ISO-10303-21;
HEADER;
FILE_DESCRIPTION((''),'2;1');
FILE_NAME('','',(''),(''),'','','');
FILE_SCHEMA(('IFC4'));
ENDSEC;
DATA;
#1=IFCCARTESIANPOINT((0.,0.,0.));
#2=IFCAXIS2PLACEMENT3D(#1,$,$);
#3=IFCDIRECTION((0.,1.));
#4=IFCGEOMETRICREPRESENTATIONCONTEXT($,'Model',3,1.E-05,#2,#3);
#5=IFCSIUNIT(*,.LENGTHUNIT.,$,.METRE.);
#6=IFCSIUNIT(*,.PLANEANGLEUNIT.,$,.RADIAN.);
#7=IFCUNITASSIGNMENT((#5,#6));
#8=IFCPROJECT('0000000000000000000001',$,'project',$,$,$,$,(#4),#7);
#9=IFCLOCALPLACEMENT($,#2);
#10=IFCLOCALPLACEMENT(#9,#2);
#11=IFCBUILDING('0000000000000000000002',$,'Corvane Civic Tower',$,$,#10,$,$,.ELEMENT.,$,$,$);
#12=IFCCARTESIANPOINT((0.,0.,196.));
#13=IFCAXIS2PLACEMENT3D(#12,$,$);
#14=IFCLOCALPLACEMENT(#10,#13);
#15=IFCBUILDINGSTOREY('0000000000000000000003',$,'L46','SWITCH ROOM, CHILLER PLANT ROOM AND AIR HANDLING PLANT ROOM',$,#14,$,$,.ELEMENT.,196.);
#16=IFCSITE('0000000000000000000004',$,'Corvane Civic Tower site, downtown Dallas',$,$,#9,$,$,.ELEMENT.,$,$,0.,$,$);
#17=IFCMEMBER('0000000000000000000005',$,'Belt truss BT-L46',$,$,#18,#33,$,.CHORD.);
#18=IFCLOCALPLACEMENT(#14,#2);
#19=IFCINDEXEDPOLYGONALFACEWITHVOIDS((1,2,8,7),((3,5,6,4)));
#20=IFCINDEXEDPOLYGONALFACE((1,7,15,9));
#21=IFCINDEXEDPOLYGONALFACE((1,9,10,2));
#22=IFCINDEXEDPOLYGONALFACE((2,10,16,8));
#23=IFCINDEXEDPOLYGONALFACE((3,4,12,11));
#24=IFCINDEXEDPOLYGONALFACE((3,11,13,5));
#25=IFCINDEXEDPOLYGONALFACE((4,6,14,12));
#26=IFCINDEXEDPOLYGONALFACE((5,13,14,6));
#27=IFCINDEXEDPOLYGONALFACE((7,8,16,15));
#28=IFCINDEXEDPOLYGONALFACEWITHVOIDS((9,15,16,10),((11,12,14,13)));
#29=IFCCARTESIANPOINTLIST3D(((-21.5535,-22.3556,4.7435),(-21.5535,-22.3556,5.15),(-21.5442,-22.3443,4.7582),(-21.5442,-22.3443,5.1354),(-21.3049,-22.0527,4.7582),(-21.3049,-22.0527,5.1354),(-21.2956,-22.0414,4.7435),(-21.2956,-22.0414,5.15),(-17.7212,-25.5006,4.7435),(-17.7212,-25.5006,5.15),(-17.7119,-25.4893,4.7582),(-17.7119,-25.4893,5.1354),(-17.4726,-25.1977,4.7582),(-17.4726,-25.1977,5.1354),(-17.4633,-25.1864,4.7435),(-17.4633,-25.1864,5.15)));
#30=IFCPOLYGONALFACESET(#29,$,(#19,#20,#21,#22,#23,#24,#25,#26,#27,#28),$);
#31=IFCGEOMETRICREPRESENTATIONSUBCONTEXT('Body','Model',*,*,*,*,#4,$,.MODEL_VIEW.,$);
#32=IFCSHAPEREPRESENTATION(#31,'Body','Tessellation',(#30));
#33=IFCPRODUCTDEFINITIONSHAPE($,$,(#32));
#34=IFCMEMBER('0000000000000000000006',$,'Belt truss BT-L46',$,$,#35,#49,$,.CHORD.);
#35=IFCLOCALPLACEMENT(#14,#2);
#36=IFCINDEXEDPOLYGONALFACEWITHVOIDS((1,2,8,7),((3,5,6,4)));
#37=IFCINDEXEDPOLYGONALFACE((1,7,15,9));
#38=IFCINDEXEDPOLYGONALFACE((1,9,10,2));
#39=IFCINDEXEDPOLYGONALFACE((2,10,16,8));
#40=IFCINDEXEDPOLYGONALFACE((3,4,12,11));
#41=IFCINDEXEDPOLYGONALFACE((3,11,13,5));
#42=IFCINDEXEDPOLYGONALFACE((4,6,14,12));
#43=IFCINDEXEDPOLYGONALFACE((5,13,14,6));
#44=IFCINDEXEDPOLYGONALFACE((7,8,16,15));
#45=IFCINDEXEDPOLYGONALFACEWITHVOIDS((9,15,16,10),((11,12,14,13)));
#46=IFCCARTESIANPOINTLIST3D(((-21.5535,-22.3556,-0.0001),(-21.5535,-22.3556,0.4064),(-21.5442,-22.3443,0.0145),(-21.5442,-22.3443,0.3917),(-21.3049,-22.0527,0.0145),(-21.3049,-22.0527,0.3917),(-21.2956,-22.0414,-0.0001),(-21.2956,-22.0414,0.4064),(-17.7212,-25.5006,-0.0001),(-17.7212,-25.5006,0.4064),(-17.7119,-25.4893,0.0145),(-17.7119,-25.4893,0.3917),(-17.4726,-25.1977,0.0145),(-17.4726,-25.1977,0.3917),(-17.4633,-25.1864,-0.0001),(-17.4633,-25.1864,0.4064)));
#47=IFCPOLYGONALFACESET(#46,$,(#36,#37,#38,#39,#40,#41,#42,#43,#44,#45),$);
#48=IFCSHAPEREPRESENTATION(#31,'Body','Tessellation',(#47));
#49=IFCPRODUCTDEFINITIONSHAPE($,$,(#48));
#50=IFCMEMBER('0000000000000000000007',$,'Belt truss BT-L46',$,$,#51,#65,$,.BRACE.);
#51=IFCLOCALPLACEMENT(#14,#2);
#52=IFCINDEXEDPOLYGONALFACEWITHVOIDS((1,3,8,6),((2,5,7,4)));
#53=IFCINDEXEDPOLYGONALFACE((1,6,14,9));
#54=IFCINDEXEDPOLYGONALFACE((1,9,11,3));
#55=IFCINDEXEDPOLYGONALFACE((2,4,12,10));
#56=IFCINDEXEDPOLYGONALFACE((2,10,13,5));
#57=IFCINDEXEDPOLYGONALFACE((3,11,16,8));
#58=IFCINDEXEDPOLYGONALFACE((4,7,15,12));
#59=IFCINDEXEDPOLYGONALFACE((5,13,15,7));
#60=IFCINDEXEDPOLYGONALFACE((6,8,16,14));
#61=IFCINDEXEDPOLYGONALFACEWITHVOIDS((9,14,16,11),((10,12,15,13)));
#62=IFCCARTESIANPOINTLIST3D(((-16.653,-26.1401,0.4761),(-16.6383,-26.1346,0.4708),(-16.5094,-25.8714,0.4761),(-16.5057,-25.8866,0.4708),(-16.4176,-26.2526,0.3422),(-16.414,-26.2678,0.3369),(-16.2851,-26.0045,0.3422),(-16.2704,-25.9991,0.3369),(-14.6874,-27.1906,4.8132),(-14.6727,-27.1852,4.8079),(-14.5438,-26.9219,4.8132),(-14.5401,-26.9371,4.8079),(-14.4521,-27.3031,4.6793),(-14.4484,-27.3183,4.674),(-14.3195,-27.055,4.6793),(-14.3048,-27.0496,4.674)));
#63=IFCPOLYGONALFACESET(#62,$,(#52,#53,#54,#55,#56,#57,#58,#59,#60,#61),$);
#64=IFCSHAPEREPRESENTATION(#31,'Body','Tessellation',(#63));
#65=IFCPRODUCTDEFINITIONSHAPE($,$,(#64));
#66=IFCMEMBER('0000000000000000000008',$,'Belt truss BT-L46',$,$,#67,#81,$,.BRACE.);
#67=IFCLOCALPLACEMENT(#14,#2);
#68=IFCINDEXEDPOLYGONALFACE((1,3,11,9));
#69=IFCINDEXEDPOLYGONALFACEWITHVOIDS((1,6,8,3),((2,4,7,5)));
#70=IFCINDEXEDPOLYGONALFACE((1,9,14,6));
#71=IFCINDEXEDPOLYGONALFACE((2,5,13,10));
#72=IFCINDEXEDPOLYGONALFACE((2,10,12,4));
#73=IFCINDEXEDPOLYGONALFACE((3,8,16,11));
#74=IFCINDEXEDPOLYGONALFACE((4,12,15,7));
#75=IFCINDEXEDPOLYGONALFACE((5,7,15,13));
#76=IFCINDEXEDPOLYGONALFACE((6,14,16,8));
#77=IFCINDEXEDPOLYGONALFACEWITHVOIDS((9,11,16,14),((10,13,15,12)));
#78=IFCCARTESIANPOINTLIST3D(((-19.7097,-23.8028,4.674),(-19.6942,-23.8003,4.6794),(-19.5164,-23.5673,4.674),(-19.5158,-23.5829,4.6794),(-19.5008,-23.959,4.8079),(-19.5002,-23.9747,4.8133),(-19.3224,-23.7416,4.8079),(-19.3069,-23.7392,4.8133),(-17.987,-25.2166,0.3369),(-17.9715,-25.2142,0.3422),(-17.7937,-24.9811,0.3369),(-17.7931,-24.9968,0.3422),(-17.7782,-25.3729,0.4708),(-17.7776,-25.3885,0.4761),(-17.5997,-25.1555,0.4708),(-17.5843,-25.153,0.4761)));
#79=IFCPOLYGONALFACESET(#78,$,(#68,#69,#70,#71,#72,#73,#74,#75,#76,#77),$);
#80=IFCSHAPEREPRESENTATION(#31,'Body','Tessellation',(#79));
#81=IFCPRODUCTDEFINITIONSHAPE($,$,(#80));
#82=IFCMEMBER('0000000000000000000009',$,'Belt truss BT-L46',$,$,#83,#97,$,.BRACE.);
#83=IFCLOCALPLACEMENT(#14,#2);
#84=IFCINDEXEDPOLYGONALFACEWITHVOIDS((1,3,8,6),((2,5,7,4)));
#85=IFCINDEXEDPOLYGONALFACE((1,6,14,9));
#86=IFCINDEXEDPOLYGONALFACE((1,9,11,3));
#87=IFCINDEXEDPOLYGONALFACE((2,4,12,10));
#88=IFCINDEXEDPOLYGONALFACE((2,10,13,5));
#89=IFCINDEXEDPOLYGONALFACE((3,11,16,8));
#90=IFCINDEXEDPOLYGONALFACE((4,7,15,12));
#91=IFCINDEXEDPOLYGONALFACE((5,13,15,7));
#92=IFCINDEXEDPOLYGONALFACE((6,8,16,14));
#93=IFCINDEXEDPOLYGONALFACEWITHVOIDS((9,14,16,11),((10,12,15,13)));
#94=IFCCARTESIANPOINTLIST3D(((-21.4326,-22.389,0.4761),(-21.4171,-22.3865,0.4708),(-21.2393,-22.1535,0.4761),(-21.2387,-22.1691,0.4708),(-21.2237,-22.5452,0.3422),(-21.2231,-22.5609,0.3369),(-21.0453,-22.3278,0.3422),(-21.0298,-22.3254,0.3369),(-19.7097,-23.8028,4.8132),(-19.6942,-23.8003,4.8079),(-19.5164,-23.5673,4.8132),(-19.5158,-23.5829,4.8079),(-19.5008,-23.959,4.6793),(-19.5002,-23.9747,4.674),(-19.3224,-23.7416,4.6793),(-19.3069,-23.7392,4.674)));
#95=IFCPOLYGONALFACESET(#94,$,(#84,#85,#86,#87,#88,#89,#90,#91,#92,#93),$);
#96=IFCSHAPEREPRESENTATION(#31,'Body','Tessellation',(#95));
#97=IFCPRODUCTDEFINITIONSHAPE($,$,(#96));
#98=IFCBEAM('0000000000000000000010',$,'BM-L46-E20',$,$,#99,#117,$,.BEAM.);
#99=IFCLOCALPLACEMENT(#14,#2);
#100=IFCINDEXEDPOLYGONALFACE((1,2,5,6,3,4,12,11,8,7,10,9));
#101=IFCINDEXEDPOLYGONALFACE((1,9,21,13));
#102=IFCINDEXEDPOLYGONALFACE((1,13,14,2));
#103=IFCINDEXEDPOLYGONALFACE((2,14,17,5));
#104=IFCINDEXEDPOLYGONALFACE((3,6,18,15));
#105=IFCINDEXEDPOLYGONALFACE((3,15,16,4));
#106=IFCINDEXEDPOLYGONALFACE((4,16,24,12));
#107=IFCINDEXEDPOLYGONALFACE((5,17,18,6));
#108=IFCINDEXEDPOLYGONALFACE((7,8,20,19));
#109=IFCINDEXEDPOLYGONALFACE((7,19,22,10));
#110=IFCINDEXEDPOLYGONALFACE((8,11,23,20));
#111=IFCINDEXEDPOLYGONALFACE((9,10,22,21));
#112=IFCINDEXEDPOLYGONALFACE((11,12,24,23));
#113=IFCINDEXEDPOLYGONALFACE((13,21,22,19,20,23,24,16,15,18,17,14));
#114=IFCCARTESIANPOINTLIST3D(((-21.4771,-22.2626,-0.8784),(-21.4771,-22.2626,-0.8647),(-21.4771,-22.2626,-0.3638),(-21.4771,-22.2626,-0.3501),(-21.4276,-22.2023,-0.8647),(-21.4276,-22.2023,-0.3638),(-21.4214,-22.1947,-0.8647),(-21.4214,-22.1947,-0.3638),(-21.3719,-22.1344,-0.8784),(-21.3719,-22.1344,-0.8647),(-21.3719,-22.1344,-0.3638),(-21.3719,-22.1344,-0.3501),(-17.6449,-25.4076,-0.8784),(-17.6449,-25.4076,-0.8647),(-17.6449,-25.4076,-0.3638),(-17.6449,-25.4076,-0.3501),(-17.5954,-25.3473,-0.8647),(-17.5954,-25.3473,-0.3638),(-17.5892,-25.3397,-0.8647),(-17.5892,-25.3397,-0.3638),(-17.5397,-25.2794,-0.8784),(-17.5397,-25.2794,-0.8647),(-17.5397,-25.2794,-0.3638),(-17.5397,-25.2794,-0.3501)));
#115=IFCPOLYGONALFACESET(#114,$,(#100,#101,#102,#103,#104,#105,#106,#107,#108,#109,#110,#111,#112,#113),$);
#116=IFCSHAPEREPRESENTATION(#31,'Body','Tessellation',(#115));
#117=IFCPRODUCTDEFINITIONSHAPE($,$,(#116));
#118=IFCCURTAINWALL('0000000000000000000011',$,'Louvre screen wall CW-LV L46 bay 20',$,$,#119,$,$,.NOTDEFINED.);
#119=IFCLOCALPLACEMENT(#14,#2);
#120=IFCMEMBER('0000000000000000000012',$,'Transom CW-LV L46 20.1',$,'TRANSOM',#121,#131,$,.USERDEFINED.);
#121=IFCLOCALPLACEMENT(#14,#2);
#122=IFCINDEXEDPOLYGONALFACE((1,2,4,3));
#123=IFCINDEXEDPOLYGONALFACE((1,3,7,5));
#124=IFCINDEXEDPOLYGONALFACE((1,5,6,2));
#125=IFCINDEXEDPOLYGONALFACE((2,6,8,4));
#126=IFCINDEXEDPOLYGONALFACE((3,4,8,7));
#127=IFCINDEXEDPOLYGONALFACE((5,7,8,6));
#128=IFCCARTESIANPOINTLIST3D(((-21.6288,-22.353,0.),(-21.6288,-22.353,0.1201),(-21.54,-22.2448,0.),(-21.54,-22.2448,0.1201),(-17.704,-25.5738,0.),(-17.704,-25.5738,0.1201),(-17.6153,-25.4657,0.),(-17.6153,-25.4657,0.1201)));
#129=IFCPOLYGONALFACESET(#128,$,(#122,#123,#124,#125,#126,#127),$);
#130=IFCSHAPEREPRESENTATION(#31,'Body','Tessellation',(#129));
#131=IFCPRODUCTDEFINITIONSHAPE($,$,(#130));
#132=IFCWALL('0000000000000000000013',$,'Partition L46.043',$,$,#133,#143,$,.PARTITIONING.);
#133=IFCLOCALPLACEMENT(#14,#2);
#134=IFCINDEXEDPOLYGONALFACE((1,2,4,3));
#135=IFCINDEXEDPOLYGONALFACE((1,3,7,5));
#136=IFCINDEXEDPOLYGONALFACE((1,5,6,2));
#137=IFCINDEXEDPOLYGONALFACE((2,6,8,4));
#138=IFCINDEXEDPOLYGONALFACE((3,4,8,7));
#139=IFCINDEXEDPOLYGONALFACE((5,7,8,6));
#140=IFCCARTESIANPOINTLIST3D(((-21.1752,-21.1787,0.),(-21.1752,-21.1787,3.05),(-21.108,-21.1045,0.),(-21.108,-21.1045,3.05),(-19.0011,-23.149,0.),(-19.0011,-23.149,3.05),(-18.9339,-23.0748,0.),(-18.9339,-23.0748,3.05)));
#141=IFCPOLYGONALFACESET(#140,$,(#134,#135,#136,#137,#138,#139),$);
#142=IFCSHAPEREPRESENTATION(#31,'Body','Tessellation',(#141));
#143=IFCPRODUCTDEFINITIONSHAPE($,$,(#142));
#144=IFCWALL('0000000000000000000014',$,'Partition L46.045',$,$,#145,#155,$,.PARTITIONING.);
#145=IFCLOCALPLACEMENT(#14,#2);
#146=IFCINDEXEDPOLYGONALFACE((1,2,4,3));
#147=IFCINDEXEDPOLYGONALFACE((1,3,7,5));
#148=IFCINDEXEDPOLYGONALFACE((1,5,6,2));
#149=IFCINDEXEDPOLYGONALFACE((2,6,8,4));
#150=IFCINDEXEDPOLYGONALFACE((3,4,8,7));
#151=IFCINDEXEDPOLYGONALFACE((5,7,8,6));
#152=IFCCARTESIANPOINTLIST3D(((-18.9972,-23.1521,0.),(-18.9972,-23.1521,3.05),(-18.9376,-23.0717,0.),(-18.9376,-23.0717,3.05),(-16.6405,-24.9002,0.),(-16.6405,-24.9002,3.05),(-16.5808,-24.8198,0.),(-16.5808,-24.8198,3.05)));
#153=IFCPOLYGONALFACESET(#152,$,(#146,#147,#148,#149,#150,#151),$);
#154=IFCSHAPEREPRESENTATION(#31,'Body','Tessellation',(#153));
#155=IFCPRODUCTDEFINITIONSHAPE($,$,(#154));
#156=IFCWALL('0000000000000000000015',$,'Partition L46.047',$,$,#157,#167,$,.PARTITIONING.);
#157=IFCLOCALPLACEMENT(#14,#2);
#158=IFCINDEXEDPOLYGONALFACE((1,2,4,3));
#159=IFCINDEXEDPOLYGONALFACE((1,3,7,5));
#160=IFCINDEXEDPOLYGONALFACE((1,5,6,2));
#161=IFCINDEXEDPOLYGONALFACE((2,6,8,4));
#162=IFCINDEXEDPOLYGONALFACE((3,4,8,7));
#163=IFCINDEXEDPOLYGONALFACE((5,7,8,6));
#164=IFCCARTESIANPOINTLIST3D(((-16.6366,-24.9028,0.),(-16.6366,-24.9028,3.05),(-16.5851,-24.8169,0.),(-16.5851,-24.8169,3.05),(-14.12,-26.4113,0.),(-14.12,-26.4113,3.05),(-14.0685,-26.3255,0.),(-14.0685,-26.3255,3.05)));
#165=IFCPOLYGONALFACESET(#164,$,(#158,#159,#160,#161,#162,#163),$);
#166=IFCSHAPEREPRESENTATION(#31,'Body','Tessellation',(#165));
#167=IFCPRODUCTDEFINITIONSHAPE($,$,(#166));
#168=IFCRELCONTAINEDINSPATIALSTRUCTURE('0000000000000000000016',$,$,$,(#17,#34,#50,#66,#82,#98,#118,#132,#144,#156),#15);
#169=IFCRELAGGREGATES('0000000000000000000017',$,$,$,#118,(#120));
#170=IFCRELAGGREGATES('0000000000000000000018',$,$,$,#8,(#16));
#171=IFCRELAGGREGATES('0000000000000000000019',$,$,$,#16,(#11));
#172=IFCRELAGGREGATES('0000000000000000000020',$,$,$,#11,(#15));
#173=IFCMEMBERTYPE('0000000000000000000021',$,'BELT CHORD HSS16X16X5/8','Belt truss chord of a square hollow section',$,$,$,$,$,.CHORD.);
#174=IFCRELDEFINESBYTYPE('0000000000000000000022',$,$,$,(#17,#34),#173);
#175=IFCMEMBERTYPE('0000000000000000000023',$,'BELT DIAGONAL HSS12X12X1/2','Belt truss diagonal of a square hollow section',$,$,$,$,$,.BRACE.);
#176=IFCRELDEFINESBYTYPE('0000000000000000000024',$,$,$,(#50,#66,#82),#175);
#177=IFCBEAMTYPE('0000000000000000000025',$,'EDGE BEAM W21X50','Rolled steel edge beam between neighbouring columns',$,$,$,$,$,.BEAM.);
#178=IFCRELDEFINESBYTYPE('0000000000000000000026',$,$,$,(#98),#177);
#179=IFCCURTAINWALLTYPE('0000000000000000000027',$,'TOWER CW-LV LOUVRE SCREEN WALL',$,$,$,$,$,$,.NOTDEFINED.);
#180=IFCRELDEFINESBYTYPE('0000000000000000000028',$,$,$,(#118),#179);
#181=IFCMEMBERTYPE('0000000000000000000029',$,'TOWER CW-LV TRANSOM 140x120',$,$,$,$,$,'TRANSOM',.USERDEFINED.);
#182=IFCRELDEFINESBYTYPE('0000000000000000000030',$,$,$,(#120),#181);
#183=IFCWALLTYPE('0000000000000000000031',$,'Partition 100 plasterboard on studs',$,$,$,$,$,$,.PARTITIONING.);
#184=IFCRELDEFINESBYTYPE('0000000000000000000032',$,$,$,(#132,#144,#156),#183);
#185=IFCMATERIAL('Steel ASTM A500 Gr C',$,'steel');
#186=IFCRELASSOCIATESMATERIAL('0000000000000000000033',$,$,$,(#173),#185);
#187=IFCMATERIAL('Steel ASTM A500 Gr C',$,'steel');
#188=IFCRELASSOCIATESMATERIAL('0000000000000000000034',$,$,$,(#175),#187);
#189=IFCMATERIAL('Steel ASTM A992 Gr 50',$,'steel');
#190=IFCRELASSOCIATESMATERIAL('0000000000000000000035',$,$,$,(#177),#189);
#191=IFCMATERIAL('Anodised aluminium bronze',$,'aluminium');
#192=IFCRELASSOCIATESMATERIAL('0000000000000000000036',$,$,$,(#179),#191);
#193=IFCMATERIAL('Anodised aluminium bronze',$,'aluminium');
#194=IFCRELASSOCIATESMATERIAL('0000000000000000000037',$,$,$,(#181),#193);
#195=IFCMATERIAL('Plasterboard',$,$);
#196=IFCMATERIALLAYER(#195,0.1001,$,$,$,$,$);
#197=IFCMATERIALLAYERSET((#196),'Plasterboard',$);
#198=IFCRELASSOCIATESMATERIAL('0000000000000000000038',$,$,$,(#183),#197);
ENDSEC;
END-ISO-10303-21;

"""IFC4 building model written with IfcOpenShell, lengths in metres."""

from ifc_helpers import new_model, si_unit, direction, frame, frame_2d, origin, origin_2d, place, context, subcontext, project, spatial, rectangle, hollow_rectangle, i_section, extrude, material, layer, layer_set, material_profile, profile_set, type_object, element, aggregate, save


model = new_model("IFC4")

# Units and contexts
model_context = context("Model", 3, precision=1e-05, world=origin(), true_north=direction((0.0, 1.0)))
body_context = subcontext(model_context, "Body", "Model", "MODEL_VIEW")
ifc_project = project(units=[si_unit("LENGTHUNIT", "METRE"), si_unit("PLANEANGLEUNIT", "RADIAN")], contexts=[model_context])

# Site, building, storey
site_placement = place(None, origin())
site = spatial("IfcSite", under=ifc_project, at=site_placement, Name="Corvane Civic Tower site, downtown Dallas", CompositionType="ELEMENT", RefElevation=0.0)
building_placement = place(site_placement, origin())
building = spatial("IfcBuilding", under=site, at=building_placement, Name="Corvane Civic Tower", CompositionType="ELEMENT")
storey_placement = place(building_placement, frame((0.0, 0.0, 196.0)))
storey = spatial("IfcBuildingStorey", under=building, at=storey_placement, Name="L46", Description="SWITCH ROOM, CHILLER PLANT ROOM AND AIR HANDLING PLANT ROOM", CompositionType="ELEMENT", Elevation=196.0)

# Members
ifc_material_1 = material(Name="Steel ASTM A500 Gr C", Category="steel")
ifc_material_profile_1 = material_profile(ifc_material_1, hollow_rectangle(XDim=0.4065, YDim=0.4065, WallThickness=0.0146, at=origin_2d()), Name="HSS16X16X5/8")
ifc_profile_set_1 = profile_set([ifc_material_profile_1], Name="Steel ASTM A500 Gr C")
member_type_1 = type_object("IfcMemberType", Name="BELT CHORD HSS16X16X5/8", Description="Belt truss chord of a square hollow section", PredefinedType="CHORD", material=ifc_profile_set_1)
for number, where, z_axis, x_axis, name in (
    (1, (-17.5923, -25.3435, 4.9468), (-0.773015, 0.634388, 0.0), (-0.634388, -0.773015, 0.0), "Belt truss BT-L46"),
    (2, (-17.5923, -25.3435, 0.2031), (-0.773015, 0.634388, 0.0), (-0.634388, -0.773015, 0.0), "Belt truss BT-L46"),
):
    element("IfcMember", number, at=place(storey_placement, frame(where, z_axis=z_axis, x_axis=x_axis)), inside=storey, type_object=member_type_1, Name=name, PredefinedType="CHORD", context=body_context, shape_type="SweptSolid", body=[
        extrude(hollow_rectangle(XDim=0.4065, YDim=0.4065, WallThickness=0.0146, at=origin_2d()), origin(), (0.0, 0.0, 1.0), 4.9575),
    ])
ifc_material_2 = material(Name="Steel ASTM A500 Gr C", Category="steel")
ifc_material_profile_2 = material_profile(ifc_material_2, hollow_rectangle(XDim=0.3047, YDim=0.3047, WallThickness=0.0117, at=origin_2d()), Name="HSS12X12X1/2")
ifc_profile_set_2 = profile_set([ifc_material_profile_2], Name="Steel ASTM A500 Gr C")
member_type_2 = type_object("IfcMemberType", Name="BELT DIAGONAL HSS12X12X1/2", Description="Belt truss diagonal of a square hollow section", PredefinedType="BRACE", material=ifc_profile_set_2)
for number, where, z_axis, x_axis, name in (
    (3, (-16.4617, -26.0696, 0.4065), (0.40309, -0.215438, 0.889441), (0.471367, 0.881937, 0.0), "Belt truss BT-L46"),
    (4, (-17.7856, -25.1848, 0.4065), (-0.353278, 0.289942, 0.889454), (-0.634412, -0.772995, 0.0), "Belt truss BT-L46"),
    (5, (-21.2312, -22.3572, 0.4065), (0.353322, -0.289937, 0.889438), (0.634359, 0.773039, 0.0), "Belt truss BT-L46"),
):
    element("IfcMember", number, at=place(storey_placement, frame(where, z_axis=z_axis, x_axis=x_axis)), inside=storey, type_object=member_type_2, Name=name, PredefinedType="BRACE", context=body_context, shape_type="SweptSolid", body=[
        extrude(hollow_rectangle(XDim=0.3047, YDim=0.3047, WallThickness=0.0117, at=origin_2d()), origin(), (0.0, 0.0, 1.0), 4.8762),
    ])

# Beam
ifc_material_3 = material(Name="Steel ASTM A992 Gr 50", Category="steel")
ifc_material_profile_3 = material_profile(ifc_material_3, i_section(OverallWidth=0.1658, OverallDepth=0.5283, WebThickness=0.0098, FlangeThickness=0.0137, at=origin_2d()), Name="W21X50")
ifc_profile_set_3 = profile_set([ifc_material_profile_3], Name="Steel ASTM A992 Gr 50")
beam_type = type_object("IfcBeamType", Name="EDGE BEAM W21X50", Description="Rolled steel edge beam between neighbouring columns", PredefinedType="BEAM", material=ifc_profile_set_3)
beam_placement = place(storey_placement, frame((-17.5923, -25.3435, -0.6143), z_axis=(-0.773015, 0.634388, 0.0), x_axis=(-0.634388, -0.773015, 0.0)))
element("IfcBeam", 6, at=beam_placement, inside=storey, type_object=beam_type, Name="BM-L46-E20", PredefinedType="BEAM", context=body_context, shape_type="SweptSolid", body=[
    extrude(i_section(OverallWidth=0.1658, OverallDepth=0.5283, WebThickness=0.0098, FlangeThickness=0.0137, at=origin_2d()), origin(), (0.0, 0.0, 1.0), 4.9575),
])

# Curtain wall, member
ifc_material_4 = material(Name="Anodised aluminium bronze", Category="aluminium")
curtain_wall_type = type_object("IfcCurtainWallType", Name="TOWER CW-LV LOUVRE SCREEN WALL", PredefinedType="NOTDEFINED", material=ifc_material_4)
curtain_wall_placement = place(storey_placement, origin())
curtain_wall = element("IfcCurtainWall", 7, at=curtain_wall_placement, inside=storey, type_object=curtain_wall_type, Name="Louvre screen wall CW-LV L46 bay 20", PredefinedType="NOTDEFINED")
ifc_material_5 = material(Name="Anodised aluminium bronze", Category="aluminium")
ifc_material_profile_4 = material_profile(ifc_material_5, rectangle(XDim=0.1399, YDim=0.1201, at=origin_2d()), Name="TOWER CW-LV TRANSOM 140x120")
ifc_profile_set_4 = profile_set([ifc_material_profile_4], Name="Anodised aluminium bronze")
member_type_3 = type_object("IfcMemberType", Name="TOWER CW-LV TRANSOM 140x120", ElementType="TRANSOM", PredefinedType="USERDEFINED", material=ifc_profile_set_4)
member_placement = place(storey_placement, frame((-17.6597, -25.5198, 0.0601), z_axis=(-0.773016, 0.634387, 0.0), x_axis=(-0.634387, -0.773016, 0.0)))
member = element("IfcMember", 8, at=member_placement, type_object=member_type_3, Name="Transom CW-LV L46 20.1", ObjectType="TRANSOM", PredefinedType="USERDEFINED", context=body_context, shape_type="SweptSolid", body=[
    extrude(rectangle(XDim=0.1399, YDim=0.1201, at=origin_2d()), origin(), (0.0, 0.0, 1.0), 5.0771),
])

# Walls
ifc_material_6 = material(Name="Plasterboard")
ifc_layer_1 = layer(ifc_material_6, 0.1001)
ifc_layer_set_1 = layer_set([ifc_layer_1], Name="Plasterboard")
wall_type_1 = type_object("IfcWallType", Name="Partition 100 plasterboard on studs", PredefinedType="PARTITIONING", material=ifc_layer_set_1)
wall_1_placement = place(storey_placement, frame((-21.1416, -21.1416, 0.0), z_axis=(0.0, 0.0, 1.0), x_axis=(0.740993, -0.671512, 0.0)))
element("IfcWall", 9, at=wall_1_placement, inside=storey, type_object=wall_type_1, Name="Partition L46.043", PredefinedType="PARTITIONING", context=body_context, shape_type="SweptSolid", body=[
    extrude(rectangle(XDim=2.9341, YDim=0.1001, at=frame_2d((1.467, 0.0))), origin(), (0.0, 0.0, 1.0), 3.05),
])
wall_2_placement = place(storey_placement, frame((-18.9675, -23.1118, 0.0), z_axis=(0.0, 0.0, 1.0), x_axis=(0.803174, -0.595745, 0.0)))
element("IfcWall", 10, at=wall_2_placement, inside=storey, type_object=wall_type_1, Name="Partition L46.045", PredefinedType="PARTITIONING", context=body_context, shape_type="SweptSolid", body=[
    extrude(rectangle(XDim=2.9343, YDim=0.1001, at=frame_2d((1.4673, 0.0))), origin(), (0.0, 0.0, 1.0), 3.05),
])
wall_3_placement = place(storey_placement, frame((-16.6108, -24.8599, 0.0), z_axis=(0.0, 0.0, 1.0), x_axis=(0.857706, -0.514141, 0.0)))
element("IfcWall", 11, at=wall_3_placement, inside=storey, type_object=wall_type_1, Name="Partition L46.047", PredefinedType="PARTITIONING", context=body_context, shape_type="SweptSolid", body=[
    extrude(rectangle(XDim=2.9341, YDim=0.1001, at=frame_2d((1.467, 0.0))), origin(), (0.0, 0.0, 1.0), 3.05),
])

aggregate(curtain_wall, [member])

save(model, "model.ifc")
